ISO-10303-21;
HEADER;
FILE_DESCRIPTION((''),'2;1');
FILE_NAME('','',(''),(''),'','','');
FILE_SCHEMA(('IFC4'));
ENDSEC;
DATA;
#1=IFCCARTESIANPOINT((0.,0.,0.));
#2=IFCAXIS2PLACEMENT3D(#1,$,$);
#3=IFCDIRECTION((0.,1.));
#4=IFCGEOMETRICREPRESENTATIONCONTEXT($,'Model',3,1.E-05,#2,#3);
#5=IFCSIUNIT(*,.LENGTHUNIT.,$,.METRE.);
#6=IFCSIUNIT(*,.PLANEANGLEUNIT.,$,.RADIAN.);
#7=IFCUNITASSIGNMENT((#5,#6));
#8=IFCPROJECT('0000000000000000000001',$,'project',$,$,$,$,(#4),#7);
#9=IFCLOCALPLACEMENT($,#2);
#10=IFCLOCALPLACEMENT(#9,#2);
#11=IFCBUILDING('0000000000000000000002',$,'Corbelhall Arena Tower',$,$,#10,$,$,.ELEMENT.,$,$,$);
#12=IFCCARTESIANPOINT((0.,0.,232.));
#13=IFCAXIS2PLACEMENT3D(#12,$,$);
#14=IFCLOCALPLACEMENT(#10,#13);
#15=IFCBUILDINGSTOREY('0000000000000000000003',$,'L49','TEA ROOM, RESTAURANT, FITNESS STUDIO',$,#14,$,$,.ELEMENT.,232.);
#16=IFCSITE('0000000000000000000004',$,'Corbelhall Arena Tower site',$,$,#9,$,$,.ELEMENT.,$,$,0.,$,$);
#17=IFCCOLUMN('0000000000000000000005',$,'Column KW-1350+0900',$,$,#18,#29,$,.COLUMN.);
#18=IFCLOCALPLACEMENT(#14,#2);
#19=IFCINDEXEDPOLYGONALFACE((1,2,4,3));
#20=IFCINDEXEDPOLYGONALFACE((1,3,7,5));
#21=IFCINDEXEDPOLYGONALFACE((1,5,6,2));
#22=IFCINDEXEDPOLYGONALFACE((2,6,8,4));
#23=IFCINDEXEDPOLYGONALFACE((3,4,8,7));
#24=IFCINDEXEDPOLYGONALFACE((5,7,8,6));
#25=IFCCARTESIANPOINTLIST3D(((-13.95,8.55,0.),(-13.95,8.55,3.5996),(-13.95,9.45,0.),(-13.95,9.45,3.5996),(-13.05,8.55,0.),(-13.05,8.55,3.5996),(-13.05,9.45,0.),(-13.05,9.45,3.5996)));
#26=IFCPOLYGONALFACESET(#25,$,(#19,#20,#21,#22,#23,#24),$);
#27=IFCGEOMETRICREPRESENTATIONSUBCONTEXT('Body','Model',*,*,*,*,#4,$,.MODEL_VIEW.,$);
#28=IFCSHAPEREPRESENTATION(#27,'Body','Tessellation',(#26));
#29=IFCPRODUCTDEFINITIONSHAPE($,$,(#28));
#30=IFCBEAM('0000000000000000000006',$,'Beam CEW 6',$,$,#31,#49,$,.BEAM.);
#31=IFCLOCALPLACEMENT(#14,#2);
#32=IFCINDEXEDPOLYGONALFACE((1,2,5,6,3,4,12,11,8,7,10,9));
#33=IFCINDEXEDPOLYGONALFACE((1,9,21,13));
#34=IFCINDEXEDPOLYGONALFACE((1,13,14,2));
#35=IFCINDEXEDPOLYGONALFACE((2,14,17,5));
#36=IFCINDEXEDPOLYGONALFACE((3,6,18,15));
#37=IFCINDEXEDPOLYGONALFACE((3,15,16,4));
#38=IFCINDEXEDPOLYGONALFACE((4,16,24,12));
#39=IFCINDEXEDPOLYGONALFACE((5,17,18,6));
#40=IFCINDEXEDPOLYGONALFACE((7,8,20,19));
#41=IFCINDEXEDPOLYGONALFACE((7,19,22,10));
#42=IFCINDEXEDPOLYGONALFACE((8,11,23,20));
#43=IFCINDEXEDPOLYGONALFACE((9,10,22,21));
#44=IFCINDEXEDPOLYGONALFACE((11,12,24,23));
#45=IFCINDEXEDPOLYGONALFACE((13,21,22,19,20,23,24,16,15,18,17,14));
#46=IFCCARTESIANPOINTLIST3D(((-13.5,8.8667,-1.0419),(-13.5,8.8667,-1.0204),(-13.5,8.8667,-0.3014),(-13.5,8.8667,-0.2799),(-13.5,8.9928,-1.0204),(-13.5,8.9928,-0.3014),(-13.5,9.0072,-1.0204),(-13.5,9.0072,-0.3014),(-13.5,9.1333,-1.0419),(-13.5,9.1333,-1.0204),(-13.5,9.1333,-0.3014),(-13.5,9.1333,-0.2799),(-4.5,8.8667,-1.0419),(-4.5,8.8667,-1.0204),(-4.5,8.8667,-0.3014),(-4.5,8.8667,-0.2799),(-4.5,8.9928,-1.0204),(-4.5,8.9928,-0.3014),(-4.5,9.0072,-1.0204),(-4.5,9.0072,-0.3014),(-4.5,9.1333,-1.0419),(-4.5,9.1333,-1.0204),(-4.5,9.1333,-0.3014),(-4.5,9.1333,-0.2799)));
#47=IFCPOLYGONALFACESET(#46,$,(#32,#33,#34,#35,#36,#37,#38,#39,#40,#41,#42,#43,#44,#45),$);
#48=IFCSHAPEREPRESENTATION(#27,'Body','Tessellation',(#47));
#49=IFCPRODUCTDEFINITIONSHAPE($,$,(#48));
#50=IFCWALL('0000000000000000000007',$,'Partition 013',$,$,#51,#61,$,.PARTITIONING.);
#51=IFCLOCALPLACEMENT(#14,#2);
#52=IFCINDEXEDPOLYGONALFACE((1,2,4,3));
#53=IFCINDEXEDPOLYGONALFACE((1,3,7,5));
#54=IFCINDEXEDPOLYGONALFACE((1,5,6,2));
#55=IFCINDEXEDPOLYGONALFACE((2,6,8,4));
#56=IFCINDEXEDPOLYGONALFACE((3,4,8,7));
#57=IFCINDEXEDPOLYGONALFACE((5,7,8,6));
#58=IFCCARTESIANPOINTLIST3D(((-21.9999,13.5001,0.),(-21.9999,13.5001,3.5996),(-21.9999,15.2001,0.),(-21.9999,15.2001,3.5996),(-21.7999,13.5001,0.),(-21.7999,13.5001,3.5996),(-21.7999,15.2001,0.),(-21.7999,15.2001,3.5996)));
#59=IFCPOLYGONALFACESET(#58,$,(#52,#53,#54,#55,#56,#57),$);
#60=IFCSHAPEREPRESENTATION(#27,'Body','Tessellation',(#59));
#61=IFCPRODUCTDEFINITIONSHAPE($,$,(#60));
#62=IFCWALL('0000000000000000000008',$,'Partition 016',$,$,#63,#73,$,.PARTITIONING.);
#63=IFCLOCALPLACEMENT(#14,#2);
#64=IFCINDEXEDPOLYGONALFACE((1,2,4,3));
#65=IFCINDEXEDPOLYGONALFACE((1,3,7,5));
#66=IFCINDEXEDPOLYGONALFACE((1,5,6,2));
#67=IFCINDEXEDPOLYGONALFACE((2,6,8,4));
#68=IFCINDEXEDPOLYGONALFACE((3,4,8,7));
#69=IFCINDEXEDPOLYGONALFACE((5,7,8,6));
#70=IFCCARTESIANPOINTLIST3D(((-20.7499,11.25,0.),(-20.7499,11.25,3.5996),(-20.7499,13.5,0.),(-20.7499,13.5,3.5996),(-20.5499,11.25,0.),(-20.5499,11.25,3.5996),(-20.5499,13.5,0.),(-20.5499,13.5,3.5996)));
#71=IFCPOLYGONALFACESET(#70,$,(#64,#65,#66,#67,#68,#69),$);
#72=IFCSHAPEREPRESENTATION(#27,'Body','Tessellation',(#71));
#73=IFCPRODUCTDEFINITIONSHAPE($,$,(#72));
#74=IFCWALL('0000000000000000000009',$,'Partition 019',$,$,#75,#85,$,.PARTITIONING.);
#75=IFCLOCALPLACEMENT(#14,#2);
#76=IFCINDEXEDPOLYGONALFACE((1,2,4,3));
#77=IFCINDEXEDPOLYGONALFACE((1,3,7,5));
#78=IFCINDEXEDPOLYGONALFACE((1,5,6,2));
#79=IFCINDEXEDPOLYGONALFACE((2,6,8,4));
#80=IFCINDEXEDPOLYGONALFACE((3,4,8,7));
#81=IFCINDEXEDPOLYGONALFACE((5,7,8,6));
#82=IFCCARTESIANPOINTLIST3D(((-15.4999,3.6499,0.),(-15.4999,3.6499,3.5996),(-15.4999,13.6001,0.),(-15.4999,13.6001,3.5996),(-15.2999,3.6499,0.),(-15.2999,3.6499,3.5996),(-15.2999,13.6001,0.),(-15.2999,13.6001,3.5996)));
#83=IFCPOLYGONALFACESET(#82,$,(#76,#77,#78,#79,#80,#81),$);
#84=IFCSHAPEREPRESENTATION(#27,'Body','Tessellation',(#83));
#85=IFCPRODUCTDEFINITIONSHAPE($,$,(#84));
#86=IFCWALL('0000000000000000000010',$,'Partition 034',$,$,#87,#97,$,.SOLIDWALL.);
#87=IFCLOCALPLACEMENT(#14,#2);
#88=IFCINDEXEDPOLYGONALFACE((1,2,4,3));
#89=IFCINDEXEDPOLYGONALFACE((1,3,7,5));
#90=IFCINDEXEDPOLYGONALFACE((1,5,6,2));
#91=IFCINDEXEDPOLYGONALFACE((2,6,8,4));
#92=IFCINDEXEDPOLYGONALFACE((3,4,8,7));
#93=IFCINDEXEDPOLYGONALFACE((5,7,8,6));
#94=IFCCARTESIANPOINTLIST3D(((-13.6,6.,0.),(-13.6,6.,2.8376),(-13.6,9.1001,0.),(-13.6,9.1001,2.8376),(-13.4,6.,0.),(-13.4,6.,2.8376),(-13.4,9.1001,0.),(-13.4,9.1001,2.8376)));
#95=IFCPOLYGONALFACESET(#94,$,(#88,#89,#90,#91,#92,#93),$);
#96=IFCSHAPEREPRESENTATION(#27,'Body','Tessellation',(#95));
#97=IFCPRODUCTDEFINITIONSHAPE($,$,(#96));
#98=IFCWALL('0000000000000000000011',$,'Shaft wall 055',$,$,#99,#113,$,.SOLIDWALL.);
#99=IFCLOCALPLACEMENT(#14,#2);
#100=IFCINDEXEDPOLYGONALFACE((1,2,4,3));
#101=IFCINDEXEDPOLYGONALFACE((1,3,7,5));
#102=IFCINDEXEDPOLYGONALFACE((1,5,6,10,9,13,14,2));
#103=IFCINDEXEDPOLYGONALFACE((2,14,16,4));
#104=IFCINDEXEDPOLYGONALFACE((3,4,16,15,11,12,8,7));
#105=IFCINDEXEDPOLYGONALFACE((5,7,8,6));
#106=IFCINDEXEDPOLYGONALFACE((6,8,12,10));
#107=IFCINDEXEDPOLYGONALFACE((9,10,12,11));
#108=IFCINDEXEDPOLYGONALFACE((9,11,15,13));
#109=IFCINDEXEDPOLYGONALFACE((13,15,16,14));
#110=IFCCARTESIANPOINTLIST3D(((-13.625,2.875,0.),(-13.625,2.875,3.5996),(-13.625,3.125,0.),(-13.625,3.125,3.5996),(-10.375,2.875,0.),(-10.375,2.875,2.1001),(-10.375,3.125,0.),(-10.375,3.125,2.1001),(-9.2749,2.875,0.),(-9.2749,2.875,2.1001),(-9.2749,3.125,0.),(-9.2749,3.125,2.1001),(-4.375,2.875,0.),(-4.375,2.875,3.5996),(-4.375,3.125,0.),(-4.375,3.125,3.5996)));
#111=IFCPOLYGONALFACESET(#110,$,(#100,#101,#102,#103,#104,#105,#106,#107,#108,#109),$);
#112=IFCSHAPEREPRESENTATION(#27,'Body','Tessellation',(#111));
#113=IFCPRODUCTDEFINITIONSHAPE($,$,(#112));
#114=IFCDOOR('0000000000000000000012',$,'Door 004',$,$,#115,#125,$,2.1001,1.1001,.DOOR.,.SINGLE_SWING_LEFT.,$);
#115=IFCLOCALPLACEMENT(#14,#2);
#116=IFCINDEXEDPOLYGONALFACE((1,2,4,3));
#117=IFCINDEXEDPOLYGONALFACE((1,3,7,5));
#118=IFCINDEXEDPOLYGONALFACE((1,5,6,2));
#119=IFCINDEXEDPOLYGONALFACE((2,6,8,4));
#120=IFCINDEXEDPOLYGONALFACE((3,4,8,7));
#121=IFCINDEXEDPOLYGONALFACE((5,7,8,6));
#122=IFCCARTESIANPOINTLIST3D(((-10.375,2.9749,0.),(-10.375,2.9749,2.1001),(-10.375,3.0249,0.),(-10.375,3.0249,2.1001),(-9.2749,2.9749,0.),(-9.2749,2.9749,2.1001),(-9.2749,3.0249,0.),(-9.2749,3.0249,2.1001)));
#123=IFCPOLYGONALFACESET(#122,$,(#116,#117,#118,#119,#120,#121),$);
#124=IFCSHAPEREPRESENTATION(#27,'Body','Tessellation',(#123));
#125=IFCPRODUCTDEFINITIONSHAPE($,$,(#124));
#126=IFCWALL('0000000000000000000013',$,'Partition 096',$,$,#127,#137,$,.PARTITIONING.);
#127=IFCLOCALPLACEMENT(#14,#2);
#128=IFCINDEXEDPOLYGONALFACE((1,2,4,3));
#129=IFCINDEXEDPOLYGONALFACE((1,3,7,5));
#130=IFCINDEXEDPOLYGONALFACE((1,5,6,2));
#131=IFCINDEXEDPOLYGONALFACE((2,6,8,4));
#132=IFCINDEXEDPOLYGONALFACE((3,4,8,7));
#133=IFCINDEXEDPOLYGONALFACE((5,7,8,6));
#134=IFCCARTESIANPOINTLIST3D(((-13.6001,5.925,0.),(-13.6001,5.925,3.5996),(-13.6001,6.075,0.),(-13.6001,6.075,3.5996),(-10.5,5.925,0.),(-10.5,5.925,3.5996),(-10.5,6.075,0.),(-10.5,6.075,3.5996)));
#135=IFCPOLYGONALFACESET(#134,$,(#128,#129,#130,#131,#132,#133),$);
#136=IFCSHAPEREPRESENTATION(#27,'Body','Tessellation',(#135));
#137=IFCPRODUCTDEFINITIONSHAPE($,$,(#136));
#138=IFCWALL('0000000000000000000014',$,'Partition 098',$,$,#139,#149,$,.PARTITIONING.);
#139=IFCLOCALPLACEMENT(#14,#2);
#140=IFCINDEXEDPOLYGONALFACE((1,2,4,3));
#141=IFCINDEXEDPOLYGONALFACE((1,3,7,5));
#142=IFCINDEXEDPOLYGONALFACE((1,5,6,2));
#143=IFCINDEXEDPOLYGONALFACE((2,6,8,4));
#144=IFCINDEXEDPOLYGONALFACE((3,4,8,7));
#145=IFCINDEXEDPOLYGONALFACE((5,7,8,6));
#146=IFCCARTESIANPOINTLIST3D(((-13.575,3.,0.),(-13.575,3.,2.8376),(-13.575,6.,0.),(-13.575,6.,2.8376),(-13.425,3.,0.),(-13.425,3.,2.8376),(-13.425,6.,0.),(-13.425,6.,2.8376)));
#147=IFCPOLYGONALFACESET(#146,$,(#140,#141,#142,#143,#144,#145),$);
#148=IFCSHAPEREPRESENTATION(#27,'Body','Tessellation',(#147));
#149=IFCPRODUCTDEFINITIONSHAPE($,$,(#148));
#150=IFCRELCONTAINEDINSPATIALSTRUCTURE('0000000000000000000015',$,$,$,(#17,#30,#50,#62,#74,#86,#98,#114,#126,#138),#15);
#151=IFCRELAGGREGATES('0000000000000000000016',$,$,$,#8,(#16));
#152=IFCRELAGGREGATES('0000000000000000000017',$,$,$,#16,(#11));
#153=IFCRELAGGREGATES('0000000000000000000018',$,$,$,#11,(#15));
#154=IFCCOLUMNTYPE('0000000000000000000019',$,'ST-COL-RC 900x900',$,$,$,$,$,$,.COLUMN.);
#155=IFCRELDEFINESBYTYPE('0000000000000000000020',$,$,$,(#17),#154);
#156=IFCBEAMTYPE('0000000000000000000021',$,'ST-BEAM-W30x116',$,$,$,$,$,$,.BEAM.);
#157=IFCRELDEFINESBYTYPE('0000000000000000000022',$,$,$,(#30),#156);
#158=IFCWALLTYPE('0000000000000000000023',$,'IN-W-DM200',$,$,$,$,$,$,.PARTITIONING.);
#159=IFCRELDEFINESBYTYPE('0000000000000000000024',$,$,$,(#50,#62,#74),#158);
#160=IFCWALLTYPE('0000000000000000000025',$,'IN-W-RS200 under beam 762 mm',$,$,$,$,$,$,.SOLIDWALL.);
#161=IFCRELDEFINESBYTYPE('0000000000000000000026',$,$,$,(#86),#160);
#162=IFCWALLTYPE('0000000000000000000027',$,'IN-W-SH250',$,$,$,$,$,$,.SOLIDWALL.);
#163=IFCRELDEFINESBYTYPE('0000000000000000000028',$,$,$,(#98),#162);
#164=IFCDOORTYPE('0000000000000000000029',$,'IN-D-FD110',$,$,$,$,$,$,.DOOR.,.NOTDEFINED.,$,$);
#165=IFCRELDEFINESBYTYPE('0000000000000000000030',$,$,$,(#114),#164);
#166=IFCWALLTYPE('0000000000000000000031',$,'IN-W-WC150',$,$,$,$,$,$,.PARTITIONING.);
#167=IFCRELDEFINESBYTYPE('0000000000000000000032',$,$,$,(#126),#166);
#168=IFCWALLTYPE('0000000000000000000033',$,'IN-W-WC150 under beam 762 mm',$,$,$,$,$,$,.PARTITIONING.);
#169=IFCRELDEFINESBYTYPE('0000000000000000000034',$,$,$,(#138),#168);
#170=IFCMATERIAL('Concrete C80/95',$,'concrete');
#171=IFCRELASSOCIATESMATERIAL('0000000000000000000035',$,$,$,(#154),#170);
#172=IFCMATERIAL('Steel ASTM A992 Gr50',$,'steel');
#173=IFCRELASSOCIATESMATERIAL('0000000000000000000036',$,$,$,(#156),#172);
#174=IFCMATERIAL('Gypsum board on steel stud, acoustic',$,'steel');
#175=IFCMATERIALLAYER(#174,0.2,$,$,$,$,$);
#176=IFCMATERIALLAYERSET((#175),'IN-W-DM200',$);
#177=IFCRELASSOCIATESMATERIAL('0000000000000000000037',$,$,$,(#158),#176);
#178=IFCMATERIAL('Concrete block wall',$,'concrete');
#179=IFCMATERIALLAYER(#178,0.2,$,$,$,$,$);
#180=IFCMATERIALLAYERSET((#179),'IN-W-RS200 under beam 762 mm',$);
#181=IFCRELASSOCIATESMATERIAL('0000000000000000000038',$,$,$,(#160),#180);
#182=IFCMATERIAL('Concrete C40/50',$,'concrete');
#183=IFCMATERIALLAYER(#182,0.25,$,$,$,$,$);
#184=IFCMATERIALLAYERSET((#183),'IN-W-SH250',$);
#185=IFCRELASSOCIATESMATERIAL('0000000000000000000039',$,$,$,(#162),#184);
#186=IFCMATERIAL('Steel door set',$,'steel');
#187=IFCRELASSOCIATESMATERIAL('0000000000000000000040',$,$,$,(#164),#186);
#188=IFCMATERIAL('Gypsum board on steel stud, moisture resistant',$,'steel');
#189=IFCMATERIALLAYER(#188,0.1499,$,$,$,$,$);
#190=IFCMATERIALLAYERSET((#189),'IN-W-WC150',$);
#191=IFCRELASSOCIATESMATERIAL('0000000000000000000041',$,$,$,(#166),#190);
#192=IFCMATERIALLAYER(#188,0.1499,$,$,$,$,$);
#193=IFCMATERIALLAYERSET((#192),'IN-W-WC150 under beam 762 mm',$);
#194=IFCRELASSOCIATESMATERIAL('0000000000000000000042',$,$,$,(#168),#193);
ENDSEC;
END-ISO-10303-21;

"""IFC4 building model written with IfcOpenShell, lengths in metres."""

from ifc_helpers import new_model, si_unit, direction, frame, frame_2d, origin, origin_2d, place, context, subcontext, project, spatial, rectangle, i_section, extrude, material, layer, layer_set, material_profile, profile_set, type_object, element, fill, save


model = new_model("IFC4")

# Units and contexts
model_context = context("Model", 3, precision=1e-05, world=origin(), true_north=direction((0.0, 1.0)))
body_context = subcontext(model_context, "Body", "Model", "MODEL_VIEW")
ifc_project = project(units=[si_unit("LENGTHUNIT", "METRE"), si_unit("PLANEANGLEUNIT", "RADIAN")], contexts=[model_context])

# Site, building, storey
site_placement = place(None, origin())
site = spatial("IfcSite", under=ifc_project, at=site_placement, Name="Corbelhall Arena Tower site", CompositionType="ELEMENT", RefElevation=0.0)
building_placement = place(site_placement, origin())
building = spatial("IfcBuilding", under=site, at=building_placement, Name="Corbelhall Arena Tower", CompositionType="ELEMENT")
storey_placement = place(building_placement, frame((0.0, 0.0, 232.0)))
storey = spatial("IfcBuildingStorey", under=building, at=storey_placement, Name="L49", Description="TEA ROOM, RESTAURANT, FITNESS STUDIO", CompositionType="ELEMENT", Elevation=232.0)

# Column
ifc_material_1 = material(Name="Concrete C80/95", Category="concrete")
ifc_material_profile_1 = material_profile(ifc_material_1, rectangle(XDim=0.8999, YDim=0.8999, at=origin_2d()))
ifc_profile_set_1 = profile_set([ifc_material_profile_1], Name="Concrete C80/95")
column_type = type_object("IfcColumnType", Name="ST-COL-RC 900x900", PredefinedType="COLUMN", material=ifc_profile_set_1)
column_placement = place(storey_placement, frame((-13.5, 9.0, 0.0), z_axis=(0.0, 0.0, 1.0), x_axis=(1.0, 0.0, 0.0)))
element("IfcColumn", 1, at=column_placement, inside=storey, type_object=column_type, Name="Column KW-1350+0900", PredefinedType="COLUMN", context=body_context, shape_type="SweptSolid", body=[
    extrude(rectangle(XDim=0.8999, YDim=0.8999, at=origin_2d()), origin(), (0.0, 0.0, 1.0), 3.5996),
])

# Beam
ifc_material_2 = material(Name="Steel ASTM A992 Gr50", Category="steel")
ifc_material_profile_2 = material_profile(ifc_material_2, i_section(OverallWidth=0.2666, OverallDepth=0.762, WebThickness=0.0144, FlangeThickness=0.0215, at=origin_2d()))
ifc_profile_set_2 = profile_set([ifc_material_profile_2], Name="Steel ASTM A992 Gr50")
beam_type = type_object("IfcBeamType", Name="ST-BEAM-W30x116", PredefinedType="BEAM", material=ifc_profile_set_2)
beam_placement = place(storey_placement, frame((-13.5, 9.0, -0.6609), z_axis=(1.0, 0.0, 0.0), x_axis=(0.0, 1.0, 0.0)))
element("IfcBeam", 2, at=beam_placement, inside=storey, type_object=beam_type, Name="Beam CEW 6", PredefinedType="BEAM", context=body_context, shape_type="SweptSolid", body=[
    extrude(i_section(OverallWidth=0.2666, OverallDepth=0.762, WebThickness=0.0144, FlangeThickness=0.0215, at=origin_2d()), origin(), (0.0, 0.0, 1.0), 9.0),
])

# Shared definitions
ifc_material_3 = material(Name="Gypsum board on steel stud, acoustic", Category="steel")
ifc_layer_1 = layer(ifc_material_3, 0.2)
ifc_layer_set_1 = layer_set([ifc_layer_1], Name="IN-W-DM200")
wall_type_1 = type_object("IfcWallType", Name="IN-W-DM200", PredefinedType="PARTITIONING", material=ifc_layer_set_1)
ifc_material_4 = material(Name="Steel door set", Category="steel")

# Walls
wall_1_placement = place(storey_placement, frame((-21.8999, 13.5, 0.0), z_axis=(0.0, 0.0, 1.0), x_axis=(0.0, 1.0, 0.0)))
element("IfcWall", 3, at=wall_1_placement, inside=storey, type_object=wall_type_1, Name="Partition 013", PredefinedType="PARTITIONING", context=body_context, shape_type="SweptSolid", body=[
    extrude(rectangle(XDim=1.7, YDim=0.2, at=frame_2d((0.8501, 0.0))), origin(), (0.0, 0.0, 1.0), 3.5996),
])
wall_2_placement = place(storey_placement, frame((-20.6499, 11.25, 0.0), z_axis=(0.0, 0.0, 1.0), x_axis=(0.0, 1.0, 0.0)))
element("IfcWall", 4, at=wall_2_placement, inside=storey, type_object=wall_type_1, Name="Partition 016", PredefinedType="PARTITIONING", context=body_context, shape_type="SweptSolid", body=[
    extrude(rectangle(XDim=2.25, YDim=0.2, at=frame_2d((1.125, 0.0))), origin(), (0.0, 0.0, 1.0), 3.5996),
])

# Walls
wall_3_placement = place(storey_placement, frame((-15.3999, 3.6499, 0.0), z_axis=(0.0, 0.0, 1.0), x_axis=(0.0, 1.0, 0.0)))
element("IfcWall", 5, at=wall_3_placement, inside=storey, type_object=wall_type_1, Name="Partition 019", PredefinedType="PARTITIONING", context=body_context, shape_type="SweptSolid", body=[
    extrude(rectangle(XDim=9.9502, YDim=0.2, at=frame_2d((4.9751, 0.0))), origin(), (0.0, 0.0, 1.0), 3.5996),
])
ifc_material_5 = material(Name="Concrete block wall", Category="concrete")
ifc_layer_2 = layer(ifc_material_5, 0.2)
ifc_layer_set_2 = layer_set([ifc_layer_2], Name="IN-W-RS200 under beam 762 mm")
wall_type_2 = type_object("IfcWallType", Name="IN-W-RS200 under beam 762 mm", PredefinedType="SOLIDWALL", material=ifc_layer_set_2)
wall_4_placement = place(storey_placement, frame((-13.5, 6.0, 0.0), z_axis=(0.0, 0.0, 1.0), x_axis=(0.0, 1.0, 0.0)))
element("IfcWall", 6, at=wall_4_placement, inside=storey, type_object=wall_type_2, Name="Partition 034", PredefinedType="SOLIDWALL", context=body_context, shape_type="SweptSolid", body=[
    extrude(rectangle(XDim=3.1001, YDim=0.2, at=frame_2d((1.55, 0.0))), origin(), (0.0, 0.0, 1.0), 2.8376),
])

# Wall, opening, door
ifc_material_6 = material(Name="Concrete C40/50", Category="concrete")
ifc_layer_3 = layer(ifc_material_6, 0.25)
ifc_layer_set_3 = layer_set([ifc_layer_3], Name="IN-W-SH250")
wall_type_3 = type_object("IfcWallType", Name="IN-W-SH250", PredefinedType="SOLIDWALL", material=ifc_layer_set_3)
wall_5_placement = place(storey_placement, frame((-13.625, 3.0, 0.0), z_axis=(0.0, 0.0, 1.0), x_axis=(1.0, 0.0, 0.0)))
wall_5 = element("IfcWall", 7, at=wall_5_placement, inside=storey, type_object=wall_type_3, Name="Shaft wall 055", PredefinedType="SOLIDWALL", context=body_context, shape_type="SweptSolid", body=[
    extrude(rectangle(XDim=9.25, YDim=0.25, at=frame_2d((4.625, 0.0))), origin(), (0.0, 0.0, 1.0), 3.5996),
])
opening_1_placement = place(wall_5_placement, frame((3.25, 0.0, 0.0)))
opening_1 = element("IfcOpeningElement", 8, at=opening_1_placement, cuts=wall_5, PredefinedType="OPENING", context=body_context, shape_type="SweptSolid", body=[
    extrude(rectangle(XDim=1.1001, YDim=2.1001, at=frame_2d((0.55, 1.05))), frame((0.0, 0.125, 0.0), z_axis=(0.0, -1.0, 0.0), x_axis=(1.0, 0.0, 0.0)), (0.0, 0.0, 1.0), 0.25),
])
door_type_1 = type_object("IfcDoorType", Name="IN-D-FD110", OperationType="NOTDEFINED", PredefinedType="DOOR", material=ifc_material_4)
door_1_placement = place(opening_1_placement, origin())
door_1 = element("IfcDoor", 9, at=door_1_placement, inside=storey, type_object=door_type_1, Name="Door 004", OperationType="SINGLE_SWING_LEFT", OverallHeight=2.1001, OverallWidth=1.1001, PredefinedType="DOOR", context=body_context, shape_type="SweptSolid", body=[
    extrude(rectangle(XDim=1.1001, YDim=2.1001, at=frame_2d((0.55, 1.05))), frame((0.0, 0.0249, 0.0), z_axis=(0.0, -1.0, 0.0), x_axis=(1.0, 0.0, 0.0)), (0.0, 0.0, 1.0), 0.05),
])
fill(opening_1, door_1)

# Walls
ifc_material_7 = material(Name="Gypsum board on steel stud, moisture resistant", Category="steel")
ifc_layer_4 = layer(ifc_material_7, 0.1499)
ifc_layer_set_4 = layer_set([ifc_layer_4], Name="IN-W-WC150")
wall_type_4 = type_object("IfcWallType", Name="IN-W-WC150", PredefinedType="PARTITIONING", material=ifc_layer_set_4)
wall_6_placement = place(storey_placement, frame((-13.6001, 6.0, 0.0), z_axis=(0.0, 0.0, 1.0), x_axis=(1.0, 0.0, 0.0)))
element("IfcWall", 10, at=wall_6_placement, inside=storey, type_object=wall_type_4, Name="Partition 096", PredefinedType="PARTITIONING", context=body_context, shape_type="SweptSolid", body=[
    extrude(rectangle(XDim=3.1001, YDim=0.1499, at=frame_2d((1.55, 0.0))), origin(), (0.0, 0.0, 1.0), 3.5996),
])
ifc_layer_5 = layer(ifc_material_7, 0.1499)
ifc_layer_set_5 = layer_set([ifc_layer_5], Name="IN-W-WC150 under beam 762 mm")
wall_type_5 = type_object("IfcWallType", Name="IN-W-WC150 under beam 762 mm", PredefinedType="PARTITIONING", material=ifc_layer_set_5)
wall_7_placement = place(storey_placement, frame((-13.5, 3.0, 0.0), z_axis=(0.0, 0.0, 1.0), x_axis=(0.0, 1.0, 0.0)))
element("IfcWall", 11, at=wall_7_placement, inside=storey, type_object=wall_type_5, Name="Partition 098", PredefinedType="PARTITIONING", context=body_context, shape_type="SweptSolid", body=[
    extrude(rectangle(XDim=3.0, YDim=0.1499, at=frame_2d((1.5, 0.0))), origin(), (0.0, 0.0, 1.0), 2.8376),
])

save(model, "model.ifc")
